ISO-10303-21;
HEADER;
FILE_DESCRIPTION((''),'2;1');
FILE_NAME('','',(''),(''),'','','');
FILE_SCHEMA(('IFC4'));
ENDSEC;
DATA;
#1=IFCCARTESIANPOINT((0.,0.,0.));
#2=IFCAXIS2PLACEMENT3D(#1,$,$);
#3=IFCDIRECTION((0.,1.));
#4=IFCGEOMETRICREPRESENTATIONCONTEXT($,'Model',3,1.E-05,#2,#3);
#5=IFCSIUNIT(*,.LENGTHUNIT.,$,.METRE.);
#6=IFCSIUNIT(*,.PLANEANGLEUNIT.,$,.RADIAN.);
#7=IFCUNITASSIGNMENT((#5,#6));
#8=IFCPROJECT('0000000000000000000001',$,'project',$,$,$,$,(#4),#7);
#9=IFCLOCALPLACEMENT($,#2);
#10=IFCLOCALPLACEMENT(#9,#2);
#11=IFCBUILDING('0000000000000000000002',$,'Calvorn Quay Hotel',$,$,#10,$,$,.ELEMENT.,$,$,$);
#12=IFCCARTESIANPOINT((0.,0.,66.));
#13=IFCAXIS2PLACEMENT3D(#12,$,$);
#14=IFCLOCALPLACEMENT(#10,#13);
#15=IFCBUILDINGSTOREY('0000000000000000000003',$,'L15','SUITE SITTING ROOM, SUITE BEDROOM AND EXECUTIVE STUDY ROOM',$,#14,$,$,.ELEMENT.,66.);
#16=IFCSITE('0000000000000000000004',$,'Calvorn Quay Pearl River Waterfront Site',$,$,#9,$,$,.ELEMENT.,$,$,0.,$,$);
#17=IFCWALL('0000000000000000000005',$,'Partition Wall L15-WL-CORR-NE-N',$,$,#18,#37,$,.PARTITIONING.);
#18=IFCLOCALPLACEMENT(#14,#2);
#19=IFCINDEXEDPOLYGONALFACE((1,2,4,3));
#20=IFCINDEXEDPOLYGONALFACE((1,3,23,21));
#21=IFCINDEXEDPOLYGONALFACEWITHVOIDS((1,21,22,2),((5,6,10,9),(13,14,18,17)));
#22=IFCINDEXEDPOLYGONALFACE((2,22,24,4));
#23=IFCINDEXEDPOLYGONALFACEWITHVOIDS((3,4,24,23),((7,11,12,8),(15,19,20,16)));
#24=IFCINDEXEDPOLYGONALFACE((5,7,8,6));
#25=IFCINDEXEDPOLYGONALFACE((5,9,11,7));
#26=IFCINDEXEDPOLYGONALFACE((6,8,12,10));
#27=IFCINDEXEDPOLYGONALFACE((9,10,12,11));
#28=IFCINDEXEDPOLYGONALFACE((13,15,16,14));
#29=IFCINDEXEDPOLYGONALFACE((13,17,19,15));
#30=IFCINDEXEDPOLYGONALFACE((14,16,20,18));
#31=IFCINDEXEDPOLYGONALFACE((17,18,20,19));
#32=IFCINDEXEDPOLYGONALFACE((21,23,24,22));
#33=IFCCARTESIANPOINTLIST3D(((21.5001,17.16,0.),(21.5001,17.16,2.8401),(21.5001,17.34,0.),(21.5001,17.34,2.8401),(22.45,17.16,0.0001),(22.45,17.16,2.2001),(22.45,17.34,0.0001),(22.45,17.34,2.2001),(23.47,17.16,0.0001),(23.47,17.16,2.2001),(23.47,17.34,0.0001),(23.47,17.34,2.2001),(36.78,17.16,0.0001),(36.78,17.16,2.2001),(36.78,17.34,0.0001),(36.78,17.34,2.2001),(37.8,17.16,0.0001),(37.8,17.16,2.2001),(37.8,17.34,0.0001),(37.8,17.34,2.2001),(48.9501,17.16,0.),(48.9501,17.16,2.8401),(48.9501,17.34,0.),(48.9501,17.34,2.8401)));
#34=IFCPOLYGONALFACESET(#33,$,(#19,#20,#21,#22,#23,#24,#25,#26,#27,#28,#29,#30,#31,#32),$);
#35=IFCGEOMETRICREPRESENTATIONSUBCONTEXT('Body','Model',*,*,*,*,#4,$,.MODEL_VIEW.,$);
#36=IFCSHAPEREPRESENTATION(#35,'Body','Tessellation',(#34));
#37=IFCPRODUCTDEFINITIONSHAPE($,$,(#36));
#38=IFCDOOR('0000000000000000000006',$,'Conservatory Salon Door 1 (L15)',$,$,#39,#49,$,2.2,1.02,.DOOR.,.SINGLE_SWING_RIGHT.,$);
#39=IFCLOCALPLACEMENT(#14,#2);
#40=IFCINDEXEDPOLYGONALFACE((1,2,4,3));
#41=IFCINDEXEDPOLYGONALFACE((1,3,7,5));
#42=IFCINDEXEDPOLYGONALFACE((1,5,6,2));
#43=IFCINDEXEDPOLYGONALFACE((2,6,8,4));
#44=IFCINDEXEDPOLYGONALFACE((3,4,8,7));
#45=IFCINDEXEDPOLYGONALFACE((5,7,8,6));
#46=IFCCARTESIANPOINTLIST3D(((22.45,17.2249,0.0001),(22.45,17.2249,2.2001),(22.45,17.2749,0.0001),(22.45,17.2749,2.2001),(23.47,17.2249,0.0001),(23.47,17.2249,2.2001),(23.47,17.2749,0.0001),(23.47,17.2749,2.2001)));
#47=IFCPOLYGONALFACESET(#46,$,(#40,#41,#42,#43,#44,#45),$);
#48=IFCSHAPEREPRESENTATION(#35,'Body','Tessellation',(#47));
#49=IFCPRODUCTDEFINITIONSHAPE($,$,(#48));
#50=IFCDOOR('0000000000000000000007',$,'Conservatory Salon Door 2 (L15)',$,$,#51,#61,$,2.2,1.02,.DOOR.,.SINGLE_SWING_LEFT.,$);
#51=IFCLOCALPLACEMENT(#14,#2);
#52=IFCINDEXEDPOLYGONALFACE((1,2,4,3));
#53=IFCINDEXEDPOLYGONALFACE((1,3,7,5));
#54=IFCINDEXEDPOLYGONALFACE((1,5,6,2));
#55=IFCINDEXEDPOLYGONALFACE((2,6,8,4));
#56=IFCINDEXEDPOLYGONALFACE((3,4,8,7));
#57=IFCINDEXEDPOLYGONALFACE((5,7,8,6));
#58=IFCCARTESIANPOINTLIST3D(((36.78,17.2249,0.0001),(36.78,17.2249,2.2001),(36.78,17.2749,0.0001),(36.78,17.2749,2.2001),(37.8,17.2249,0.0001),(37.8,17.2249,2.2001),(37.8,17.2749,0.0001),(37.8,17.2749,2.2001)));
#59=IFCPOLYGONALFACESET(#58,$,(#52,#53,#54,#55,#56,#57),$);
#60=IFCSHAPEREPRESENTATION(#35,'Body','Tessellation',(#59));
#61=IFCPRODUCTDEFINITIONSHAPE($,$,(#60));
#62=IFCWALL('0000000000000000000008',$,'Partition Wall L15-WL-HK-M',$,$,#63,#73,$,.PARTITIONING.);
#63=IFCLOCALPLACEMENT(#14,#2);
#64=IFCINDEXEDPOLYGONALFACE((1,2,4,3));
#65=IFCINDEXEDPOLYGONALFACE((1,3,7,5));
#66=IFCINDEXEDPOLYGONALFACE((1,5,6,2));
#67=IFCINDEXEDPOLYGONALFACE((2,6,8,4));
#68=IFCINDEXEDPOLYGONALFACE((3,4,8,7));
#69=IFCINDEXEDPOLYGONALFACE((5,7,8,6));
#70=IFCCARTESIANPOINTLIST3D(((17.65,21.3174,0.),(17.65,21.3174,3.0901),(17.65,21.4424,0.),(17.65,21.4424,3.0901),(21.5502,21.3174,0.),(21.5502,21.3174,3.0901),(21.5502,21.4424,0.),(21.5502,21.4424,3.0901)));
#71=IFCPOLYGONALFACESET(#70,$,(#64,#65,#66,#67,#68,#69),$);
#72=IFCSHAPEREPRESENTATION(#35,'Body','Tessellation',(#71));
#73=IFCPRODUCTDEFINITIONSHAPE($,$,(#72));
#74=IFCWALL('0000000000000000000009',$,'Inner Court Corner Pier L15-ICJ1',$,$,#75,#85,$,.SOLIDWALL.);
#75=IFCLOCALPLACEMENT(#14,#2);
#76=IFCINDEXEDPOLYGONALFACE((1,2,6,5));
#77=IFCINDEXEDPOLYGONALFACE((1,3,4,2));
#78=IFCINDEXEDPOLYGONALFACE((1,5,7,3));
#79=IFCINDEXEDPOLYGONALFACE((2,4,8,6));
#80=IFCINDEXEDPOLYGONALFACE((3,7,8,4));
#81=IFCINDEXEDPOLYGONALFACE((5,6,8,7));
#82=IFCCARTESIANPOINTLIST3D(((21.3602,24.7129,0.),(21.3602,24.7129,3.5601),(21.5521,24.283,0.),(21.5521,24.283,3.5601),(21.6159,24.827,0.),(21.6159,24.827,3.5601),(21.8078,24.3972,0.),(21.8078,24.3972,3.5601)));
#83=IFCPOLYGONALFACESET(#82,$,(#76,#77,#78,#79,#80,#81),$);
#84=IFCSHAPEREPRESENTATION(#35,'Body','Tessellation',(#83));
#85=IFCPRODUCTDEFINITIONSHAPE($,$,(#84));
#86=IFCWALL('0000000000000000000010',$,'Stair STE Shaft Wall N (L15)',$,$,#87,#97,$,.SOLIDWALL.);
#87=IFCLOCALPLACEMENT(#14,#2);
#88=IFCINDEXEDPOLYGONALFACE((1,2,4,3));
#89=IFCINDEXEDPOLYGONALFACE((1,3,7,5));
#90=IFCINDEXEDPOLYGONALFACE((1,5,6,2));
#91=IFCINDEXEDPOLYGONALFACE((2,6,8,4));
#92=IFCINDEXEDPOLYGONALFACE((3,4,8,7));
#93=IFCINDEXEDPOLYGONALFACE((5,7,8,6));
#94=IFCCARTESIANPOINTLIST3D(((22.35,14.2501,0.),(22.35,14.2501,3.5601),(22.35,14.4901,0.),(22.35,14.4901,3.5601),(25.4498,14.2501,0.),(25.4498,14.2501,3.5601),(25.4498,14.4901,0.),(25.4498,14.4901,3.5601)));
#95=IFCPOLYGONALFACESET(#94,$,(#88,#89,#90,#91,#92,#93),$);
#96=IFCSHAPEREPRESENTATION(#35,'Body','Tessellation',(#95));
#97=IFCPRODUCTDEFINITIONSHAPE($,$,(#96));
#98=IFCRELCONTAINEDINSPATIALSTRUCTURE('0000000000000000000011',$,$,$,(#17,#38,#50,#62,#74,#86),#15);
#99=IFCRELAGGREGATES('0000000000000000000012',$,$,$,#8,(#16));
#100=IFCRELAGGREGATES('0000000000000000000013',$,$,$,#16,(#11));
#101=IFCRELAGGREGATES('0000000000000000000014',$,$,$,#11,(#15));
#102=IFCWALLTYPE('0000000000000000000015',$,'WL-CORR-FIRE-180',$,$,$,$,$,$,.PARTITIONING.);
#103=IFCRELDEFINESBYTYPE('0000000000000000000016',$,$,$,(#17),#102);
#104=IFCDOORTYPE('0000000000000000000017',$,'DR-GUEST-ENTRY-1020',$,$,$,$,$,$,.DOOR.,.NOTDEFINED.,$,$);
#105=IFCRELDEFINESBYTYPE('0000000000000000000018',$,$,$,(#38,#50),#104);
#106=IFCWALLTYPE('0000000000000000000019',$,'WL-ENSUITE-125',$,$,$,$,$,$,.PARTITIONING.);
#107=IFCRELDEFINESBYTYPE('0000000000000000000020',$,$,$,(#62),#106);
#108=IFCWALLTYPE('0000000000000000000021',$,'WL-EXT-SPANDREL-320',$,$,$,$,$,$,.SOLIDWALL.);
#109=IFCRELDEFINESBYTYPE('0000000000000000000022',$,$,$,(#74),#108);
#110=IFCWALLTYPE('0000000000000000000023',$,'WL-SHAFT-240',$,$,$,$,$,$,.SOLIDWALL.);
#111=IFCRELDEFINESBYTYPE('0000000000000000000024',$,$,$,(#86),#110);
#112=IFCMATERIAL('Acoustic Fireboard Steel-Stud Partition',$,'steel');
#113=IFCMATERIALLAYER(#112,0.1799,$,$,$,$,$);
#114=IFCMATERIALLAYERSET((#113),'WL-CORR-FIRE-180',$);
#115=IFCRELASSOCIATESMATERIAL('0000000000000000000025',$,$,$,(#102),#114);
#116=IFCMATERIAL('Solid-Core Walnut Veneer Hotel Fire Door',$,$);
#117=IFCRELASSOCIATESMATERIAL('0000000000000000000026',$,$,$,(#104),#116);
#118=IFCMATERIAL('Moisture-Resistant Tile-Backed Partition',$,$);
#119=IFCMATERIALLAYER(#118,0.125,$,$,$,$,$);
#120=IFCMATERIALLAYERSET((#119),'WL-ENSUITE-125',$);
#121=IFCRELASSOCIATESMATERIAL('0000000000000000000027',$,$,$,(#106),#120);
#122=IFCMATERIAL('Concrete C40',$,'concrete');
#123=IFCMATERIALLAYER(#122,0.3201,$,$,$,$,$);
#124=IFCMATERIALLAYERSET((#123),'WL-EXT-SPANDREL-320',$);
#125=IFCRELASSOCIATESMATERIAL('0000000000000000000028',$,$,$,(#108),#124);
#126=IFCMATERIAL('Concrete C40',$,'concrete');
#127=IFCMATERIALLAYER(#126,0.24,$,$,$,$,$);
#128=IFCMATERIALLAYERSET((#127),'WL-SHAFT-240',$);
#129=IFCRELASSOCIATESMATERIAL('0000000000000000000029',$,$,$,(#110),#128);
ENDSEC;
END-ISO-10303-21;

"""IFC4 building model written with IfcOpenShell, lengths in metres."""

from ifc_helpers import new_model, si_unit, direction, frame, frame_2d, origin, place, context, subcontext, project, spatial, rectangle, extrude, material, layer, layer_set, type_object, element, fill, save


model = new_model("IFC4")

# Units and contexts
model_context = context("Model", 3, precision=1e-05, world=origin(), true_north=direction((0.0, 1.0)))
body_context = subcontext(model_context, "Body", "Model", "MODEL_VIEW")
ifc_project = project(units=[si_unit("LENGTHUNIT", "METRE"), si_unit("PLANEANGLEUNIT", "RADIAN")], contexts=[model_context])

# Site, building, storey
site_placement = place(None, origin())
site = spatial("IfcSite", under=ifc_project, at=site_placement, Name="Calvorn Quay Pearl River Waterfront Site", CompositionType="ELEMENT", RefElevation=0.0)
building_placement = place(site_placement, origin())
building = spatial("IfcBuilding", under=site, at=building_placement, Name="Calvorn Quay Hotel", CompositionType="ELEMENT")
storey_placement = place(building_placement, frame((0.0, 0.0, 66.0)))
storey = spatial("IfcBuildingStorey", under=building, at=storey_placement, Name="L15", Description="SUITE SITTING ROOM, SUITE BEDROOM AND EXECUTIVE STUDY ROOM", CompositionType="ELEMENT", Elevation=66.0)

# Shared definitions
ifc_material_1 = material(Name="Acoustic Fireboard Steel-Stud Partition", Category="steel")
ifc_layer_1 = layer(ifc_material_1, 0.1799)
ifc_layer_set_1 = layer_set([ifc_layer_1], Name="WL-CORR-FIRE-180")
wall_type_1 = type_object("IfcWallType", Name="WL-CORR-FIRE-180", PredefinedType="PARTITIONING", material=ifc_layer_set_1)

# Wall, openings, doors
wall_1_placement = place(storey_placement, frame((21.5, 17.25, 0.0), z_axis=(0.0, 0.0, 1.0), x_axis=(1.0, 0.0, 0.0)))
wall_1 = element("IfcWall", 1, at=wall_1_placement, inside=storey, type_object=wall_type_1, Name="Partition Wall L15-WL-CORR-NE-N", PredefinedType="PARTITIONING", context=body_context, shape_type="SweptSolid", body=[
    extrude(rectangle(XDim=27.45, YDim=0.1799, at=frame_2d((13.7251, 0.0))), origin(), (0.0, 0.0, 1.0), 2.8401),
])
opening_1_placement = place(wall_1_placement, frame((0.95, 0.0, 0.0)))
opening_1 = element("IfcOpeningElement", 2, at=opening_1_placement, cuts=wall_1, PredefinedType="OPENING", context=body_context, shape_type="SweptSolid", body=[
    extrude(rectangle(XDim=1.02, YDim=2.2, at=frame_2d((0.51, 1.1001))), frame((0.0, 0.0999, 0.0), z_axis=(0.0, -1.0, 0.0), x_axis=(1.0, 0.0, 0.0)), (0.0, 0.0, 1.0), 0.2),
])
opening_2_placement = place(wall_1_placement, frame((15.28, 0.0, 0.0)))
opening_2 = element("IfcOpeningElement", 3, at=opening_2_placement, cuts=wall_1, PredefinedType="OPENING", context=body_context, shape_type="SweptSolid", body=[
    extrude(rectangle(XDim=1.02, YDim=2.2, at=frame_2d((0.51, 1.1001))), frame((0.0, 0.0999, 0.0), z_axis=(0.0, -1.0, 0.0), x_axis=(1.0, 0.0, 0.0)), (0.0, 0.0, 1.0), 0.2),
])
ifc_material_2 = material(Name="Solid-Core Walnut Veneer Hotel Fire Door")
door_type_1 = type_object("IfcDoorType", Name="DR-GUEST-ENTRY-1020", OperationType="NOTDEFINED", PredefinedType="DOOR", material=ifc_material_2)
door_1_placement = place(opening_1_placement, origin())
door_1 = element("IfcDoor", 4, at=door_1_placement, inside=storey, type_object=door_type_1, Name="Conservatory Salon Door 1 (L15)", OperationType="SINGLE_SWING_RIGHT", OverallHeight=2.2, OverallWidth=1.02, PredefinedType="DOOR", context=body_context, shape_type="SweptSolid", body=[
    extrude(rectangle(XDim=1.02, YDim=2.2, at=frame_2d((0.51, 1.1001))), frame((0.0, 0.0249, 0.0), z_axis=(0.0, -1.0, 0.0), x_axis=(1.0, 0.0, 0.0)), (0.0, 0.0, 1.0), 0.05),
])
fill(opening_1, door_1)
door_2_placement = place(opening_2_placement, origin())
door_2 = element("IfcDoor", 5, at=door_2_placement, inside=storey, type_object=door_type_1, Name="Conservatory Salon Door 2 (L15)", OperationType="SINGLE_SWING_LEFT", OverallHeight=2.2, OverallWidth=1.02, PredefinedType="DOOR", context=body_context, shape_type="SweptSolid", body=[
    extrude(rectangle(XDim=1.02, YDim=2.2, at=frame_2d((0.51, 1.1001))), frame((0.0, 0.0249, 0.0), z_axis=(0.0, -1.0, 0.0), x_axis=(1.0, 0.0, 0.0)), (0.0, 0.0, 1.0), 0.05),
])
fill(opening_2, door_2)

# Walls
ifc_material_3 = material(Name="Moisture-Resistant Tile-Backed Partition")
ifc_layer_2 = layer(ifc_material_3, 0.125)
ifc_layer_set_2 = layer_set([ifc_layer_2], Name="WL-ENSUITE-125")
wall_type_2 = type_object("IfcWallType", Name="WL-ENSUITE-125", PredefinedType="PARTITIONING", material=ifc_layer_set_2)
wall_2_placement = place(storey_placement, frame((17.6499, 21.3799, 0.0), z_axis=(0.0, 0.0, 1.0), x_axis=(1.0, 0.0, 0.0)))
element("IfcWall", 6, at=wall_2_placement, inside=storey, type_object=wall_type_2, Name="Partition Wall L15-WL-HK-M", PredefinedType="PARTITIONING", context=body_context, shape_type="SweptSolid", body=[
    extrude(rectangle(XDim=3.9001, YDim=0.125, at=frame_2d((1.9502, 0.0))), origin(), (0.0, 0.0, 1.0), 3.0901),
])
ifc_material_4 = material(Name="Concrete C40", Category="concrete")
ifc_layer_3 = layer(ifc_material_4, 0.3201)
ifc_layer_set_3 = layer_set([ifc_layer_3], Name="WL-EXT-SPANDREL-320")
wall_type_3 = type_object("IfcWallType", Name="WL-EXT-SPANDREL-320", PredefinedType="SOLIDWALL", material=ifc_layer_set_3)
wall_3_placement = place(storey_placement, frame((21.6799, 24.3401, 0.0), z_axis=(0.0, 0.0, 1.0), x_axis=(-0.407581, 0.913169, 0.0)))
element("IfcWall", 7, at=wall_3_placement, inside=storey, type_object=wall_type_3, Name="Inner Court Corner Pier L15-ICJ1", PredefinedType="SOLIDWALL", context=body_context, shape_type="SweptSolid", body=[
    extrude(rectangle(XDim=0.4707, YDim=0.28, at=frame_2d((0.2354, 0.0))), origin(), (0.0, 0.0, 1.0), 3.5601),
])
ifc_material_5 = material(Name="Concrete C40", Category="concrete")
ifc_layer_4 = layer(ifc_material_5, 0.24)
ifc_layer_set_4 = layer_set([ifc_layer_4], Name="WL-SHAFT-240")
wall_type_4 = type_object("IfcWallType", Name="WL-SHAFT-240", PredefinedType="SOLIDWALL", material=ifc_layer_set_4)
wall_4_placement = place(storey_placement, frame((22.3501, 14.3701, 0.0), z_axis=(0.0, 0.0, 1.0), x_axis=(1.0, 0.0, 0.0)))
element("IfcWall", 8, at=wall_4_placement, inside=storey, type_object=wall_type_4, Name="Stair STE Shaft Wall N (L15)", PredefinedType="SOLIDWALL", context=body_context, shape_type="SweptSolid", body=[
    extrude(rectangle(XDim=3.0999, YDim=0.24, at=frame_2d((1.5498, 0.0))), origin(), (0.0, 0.0, 1.0), 3.5601),
])

save(model, "model.ifc")
